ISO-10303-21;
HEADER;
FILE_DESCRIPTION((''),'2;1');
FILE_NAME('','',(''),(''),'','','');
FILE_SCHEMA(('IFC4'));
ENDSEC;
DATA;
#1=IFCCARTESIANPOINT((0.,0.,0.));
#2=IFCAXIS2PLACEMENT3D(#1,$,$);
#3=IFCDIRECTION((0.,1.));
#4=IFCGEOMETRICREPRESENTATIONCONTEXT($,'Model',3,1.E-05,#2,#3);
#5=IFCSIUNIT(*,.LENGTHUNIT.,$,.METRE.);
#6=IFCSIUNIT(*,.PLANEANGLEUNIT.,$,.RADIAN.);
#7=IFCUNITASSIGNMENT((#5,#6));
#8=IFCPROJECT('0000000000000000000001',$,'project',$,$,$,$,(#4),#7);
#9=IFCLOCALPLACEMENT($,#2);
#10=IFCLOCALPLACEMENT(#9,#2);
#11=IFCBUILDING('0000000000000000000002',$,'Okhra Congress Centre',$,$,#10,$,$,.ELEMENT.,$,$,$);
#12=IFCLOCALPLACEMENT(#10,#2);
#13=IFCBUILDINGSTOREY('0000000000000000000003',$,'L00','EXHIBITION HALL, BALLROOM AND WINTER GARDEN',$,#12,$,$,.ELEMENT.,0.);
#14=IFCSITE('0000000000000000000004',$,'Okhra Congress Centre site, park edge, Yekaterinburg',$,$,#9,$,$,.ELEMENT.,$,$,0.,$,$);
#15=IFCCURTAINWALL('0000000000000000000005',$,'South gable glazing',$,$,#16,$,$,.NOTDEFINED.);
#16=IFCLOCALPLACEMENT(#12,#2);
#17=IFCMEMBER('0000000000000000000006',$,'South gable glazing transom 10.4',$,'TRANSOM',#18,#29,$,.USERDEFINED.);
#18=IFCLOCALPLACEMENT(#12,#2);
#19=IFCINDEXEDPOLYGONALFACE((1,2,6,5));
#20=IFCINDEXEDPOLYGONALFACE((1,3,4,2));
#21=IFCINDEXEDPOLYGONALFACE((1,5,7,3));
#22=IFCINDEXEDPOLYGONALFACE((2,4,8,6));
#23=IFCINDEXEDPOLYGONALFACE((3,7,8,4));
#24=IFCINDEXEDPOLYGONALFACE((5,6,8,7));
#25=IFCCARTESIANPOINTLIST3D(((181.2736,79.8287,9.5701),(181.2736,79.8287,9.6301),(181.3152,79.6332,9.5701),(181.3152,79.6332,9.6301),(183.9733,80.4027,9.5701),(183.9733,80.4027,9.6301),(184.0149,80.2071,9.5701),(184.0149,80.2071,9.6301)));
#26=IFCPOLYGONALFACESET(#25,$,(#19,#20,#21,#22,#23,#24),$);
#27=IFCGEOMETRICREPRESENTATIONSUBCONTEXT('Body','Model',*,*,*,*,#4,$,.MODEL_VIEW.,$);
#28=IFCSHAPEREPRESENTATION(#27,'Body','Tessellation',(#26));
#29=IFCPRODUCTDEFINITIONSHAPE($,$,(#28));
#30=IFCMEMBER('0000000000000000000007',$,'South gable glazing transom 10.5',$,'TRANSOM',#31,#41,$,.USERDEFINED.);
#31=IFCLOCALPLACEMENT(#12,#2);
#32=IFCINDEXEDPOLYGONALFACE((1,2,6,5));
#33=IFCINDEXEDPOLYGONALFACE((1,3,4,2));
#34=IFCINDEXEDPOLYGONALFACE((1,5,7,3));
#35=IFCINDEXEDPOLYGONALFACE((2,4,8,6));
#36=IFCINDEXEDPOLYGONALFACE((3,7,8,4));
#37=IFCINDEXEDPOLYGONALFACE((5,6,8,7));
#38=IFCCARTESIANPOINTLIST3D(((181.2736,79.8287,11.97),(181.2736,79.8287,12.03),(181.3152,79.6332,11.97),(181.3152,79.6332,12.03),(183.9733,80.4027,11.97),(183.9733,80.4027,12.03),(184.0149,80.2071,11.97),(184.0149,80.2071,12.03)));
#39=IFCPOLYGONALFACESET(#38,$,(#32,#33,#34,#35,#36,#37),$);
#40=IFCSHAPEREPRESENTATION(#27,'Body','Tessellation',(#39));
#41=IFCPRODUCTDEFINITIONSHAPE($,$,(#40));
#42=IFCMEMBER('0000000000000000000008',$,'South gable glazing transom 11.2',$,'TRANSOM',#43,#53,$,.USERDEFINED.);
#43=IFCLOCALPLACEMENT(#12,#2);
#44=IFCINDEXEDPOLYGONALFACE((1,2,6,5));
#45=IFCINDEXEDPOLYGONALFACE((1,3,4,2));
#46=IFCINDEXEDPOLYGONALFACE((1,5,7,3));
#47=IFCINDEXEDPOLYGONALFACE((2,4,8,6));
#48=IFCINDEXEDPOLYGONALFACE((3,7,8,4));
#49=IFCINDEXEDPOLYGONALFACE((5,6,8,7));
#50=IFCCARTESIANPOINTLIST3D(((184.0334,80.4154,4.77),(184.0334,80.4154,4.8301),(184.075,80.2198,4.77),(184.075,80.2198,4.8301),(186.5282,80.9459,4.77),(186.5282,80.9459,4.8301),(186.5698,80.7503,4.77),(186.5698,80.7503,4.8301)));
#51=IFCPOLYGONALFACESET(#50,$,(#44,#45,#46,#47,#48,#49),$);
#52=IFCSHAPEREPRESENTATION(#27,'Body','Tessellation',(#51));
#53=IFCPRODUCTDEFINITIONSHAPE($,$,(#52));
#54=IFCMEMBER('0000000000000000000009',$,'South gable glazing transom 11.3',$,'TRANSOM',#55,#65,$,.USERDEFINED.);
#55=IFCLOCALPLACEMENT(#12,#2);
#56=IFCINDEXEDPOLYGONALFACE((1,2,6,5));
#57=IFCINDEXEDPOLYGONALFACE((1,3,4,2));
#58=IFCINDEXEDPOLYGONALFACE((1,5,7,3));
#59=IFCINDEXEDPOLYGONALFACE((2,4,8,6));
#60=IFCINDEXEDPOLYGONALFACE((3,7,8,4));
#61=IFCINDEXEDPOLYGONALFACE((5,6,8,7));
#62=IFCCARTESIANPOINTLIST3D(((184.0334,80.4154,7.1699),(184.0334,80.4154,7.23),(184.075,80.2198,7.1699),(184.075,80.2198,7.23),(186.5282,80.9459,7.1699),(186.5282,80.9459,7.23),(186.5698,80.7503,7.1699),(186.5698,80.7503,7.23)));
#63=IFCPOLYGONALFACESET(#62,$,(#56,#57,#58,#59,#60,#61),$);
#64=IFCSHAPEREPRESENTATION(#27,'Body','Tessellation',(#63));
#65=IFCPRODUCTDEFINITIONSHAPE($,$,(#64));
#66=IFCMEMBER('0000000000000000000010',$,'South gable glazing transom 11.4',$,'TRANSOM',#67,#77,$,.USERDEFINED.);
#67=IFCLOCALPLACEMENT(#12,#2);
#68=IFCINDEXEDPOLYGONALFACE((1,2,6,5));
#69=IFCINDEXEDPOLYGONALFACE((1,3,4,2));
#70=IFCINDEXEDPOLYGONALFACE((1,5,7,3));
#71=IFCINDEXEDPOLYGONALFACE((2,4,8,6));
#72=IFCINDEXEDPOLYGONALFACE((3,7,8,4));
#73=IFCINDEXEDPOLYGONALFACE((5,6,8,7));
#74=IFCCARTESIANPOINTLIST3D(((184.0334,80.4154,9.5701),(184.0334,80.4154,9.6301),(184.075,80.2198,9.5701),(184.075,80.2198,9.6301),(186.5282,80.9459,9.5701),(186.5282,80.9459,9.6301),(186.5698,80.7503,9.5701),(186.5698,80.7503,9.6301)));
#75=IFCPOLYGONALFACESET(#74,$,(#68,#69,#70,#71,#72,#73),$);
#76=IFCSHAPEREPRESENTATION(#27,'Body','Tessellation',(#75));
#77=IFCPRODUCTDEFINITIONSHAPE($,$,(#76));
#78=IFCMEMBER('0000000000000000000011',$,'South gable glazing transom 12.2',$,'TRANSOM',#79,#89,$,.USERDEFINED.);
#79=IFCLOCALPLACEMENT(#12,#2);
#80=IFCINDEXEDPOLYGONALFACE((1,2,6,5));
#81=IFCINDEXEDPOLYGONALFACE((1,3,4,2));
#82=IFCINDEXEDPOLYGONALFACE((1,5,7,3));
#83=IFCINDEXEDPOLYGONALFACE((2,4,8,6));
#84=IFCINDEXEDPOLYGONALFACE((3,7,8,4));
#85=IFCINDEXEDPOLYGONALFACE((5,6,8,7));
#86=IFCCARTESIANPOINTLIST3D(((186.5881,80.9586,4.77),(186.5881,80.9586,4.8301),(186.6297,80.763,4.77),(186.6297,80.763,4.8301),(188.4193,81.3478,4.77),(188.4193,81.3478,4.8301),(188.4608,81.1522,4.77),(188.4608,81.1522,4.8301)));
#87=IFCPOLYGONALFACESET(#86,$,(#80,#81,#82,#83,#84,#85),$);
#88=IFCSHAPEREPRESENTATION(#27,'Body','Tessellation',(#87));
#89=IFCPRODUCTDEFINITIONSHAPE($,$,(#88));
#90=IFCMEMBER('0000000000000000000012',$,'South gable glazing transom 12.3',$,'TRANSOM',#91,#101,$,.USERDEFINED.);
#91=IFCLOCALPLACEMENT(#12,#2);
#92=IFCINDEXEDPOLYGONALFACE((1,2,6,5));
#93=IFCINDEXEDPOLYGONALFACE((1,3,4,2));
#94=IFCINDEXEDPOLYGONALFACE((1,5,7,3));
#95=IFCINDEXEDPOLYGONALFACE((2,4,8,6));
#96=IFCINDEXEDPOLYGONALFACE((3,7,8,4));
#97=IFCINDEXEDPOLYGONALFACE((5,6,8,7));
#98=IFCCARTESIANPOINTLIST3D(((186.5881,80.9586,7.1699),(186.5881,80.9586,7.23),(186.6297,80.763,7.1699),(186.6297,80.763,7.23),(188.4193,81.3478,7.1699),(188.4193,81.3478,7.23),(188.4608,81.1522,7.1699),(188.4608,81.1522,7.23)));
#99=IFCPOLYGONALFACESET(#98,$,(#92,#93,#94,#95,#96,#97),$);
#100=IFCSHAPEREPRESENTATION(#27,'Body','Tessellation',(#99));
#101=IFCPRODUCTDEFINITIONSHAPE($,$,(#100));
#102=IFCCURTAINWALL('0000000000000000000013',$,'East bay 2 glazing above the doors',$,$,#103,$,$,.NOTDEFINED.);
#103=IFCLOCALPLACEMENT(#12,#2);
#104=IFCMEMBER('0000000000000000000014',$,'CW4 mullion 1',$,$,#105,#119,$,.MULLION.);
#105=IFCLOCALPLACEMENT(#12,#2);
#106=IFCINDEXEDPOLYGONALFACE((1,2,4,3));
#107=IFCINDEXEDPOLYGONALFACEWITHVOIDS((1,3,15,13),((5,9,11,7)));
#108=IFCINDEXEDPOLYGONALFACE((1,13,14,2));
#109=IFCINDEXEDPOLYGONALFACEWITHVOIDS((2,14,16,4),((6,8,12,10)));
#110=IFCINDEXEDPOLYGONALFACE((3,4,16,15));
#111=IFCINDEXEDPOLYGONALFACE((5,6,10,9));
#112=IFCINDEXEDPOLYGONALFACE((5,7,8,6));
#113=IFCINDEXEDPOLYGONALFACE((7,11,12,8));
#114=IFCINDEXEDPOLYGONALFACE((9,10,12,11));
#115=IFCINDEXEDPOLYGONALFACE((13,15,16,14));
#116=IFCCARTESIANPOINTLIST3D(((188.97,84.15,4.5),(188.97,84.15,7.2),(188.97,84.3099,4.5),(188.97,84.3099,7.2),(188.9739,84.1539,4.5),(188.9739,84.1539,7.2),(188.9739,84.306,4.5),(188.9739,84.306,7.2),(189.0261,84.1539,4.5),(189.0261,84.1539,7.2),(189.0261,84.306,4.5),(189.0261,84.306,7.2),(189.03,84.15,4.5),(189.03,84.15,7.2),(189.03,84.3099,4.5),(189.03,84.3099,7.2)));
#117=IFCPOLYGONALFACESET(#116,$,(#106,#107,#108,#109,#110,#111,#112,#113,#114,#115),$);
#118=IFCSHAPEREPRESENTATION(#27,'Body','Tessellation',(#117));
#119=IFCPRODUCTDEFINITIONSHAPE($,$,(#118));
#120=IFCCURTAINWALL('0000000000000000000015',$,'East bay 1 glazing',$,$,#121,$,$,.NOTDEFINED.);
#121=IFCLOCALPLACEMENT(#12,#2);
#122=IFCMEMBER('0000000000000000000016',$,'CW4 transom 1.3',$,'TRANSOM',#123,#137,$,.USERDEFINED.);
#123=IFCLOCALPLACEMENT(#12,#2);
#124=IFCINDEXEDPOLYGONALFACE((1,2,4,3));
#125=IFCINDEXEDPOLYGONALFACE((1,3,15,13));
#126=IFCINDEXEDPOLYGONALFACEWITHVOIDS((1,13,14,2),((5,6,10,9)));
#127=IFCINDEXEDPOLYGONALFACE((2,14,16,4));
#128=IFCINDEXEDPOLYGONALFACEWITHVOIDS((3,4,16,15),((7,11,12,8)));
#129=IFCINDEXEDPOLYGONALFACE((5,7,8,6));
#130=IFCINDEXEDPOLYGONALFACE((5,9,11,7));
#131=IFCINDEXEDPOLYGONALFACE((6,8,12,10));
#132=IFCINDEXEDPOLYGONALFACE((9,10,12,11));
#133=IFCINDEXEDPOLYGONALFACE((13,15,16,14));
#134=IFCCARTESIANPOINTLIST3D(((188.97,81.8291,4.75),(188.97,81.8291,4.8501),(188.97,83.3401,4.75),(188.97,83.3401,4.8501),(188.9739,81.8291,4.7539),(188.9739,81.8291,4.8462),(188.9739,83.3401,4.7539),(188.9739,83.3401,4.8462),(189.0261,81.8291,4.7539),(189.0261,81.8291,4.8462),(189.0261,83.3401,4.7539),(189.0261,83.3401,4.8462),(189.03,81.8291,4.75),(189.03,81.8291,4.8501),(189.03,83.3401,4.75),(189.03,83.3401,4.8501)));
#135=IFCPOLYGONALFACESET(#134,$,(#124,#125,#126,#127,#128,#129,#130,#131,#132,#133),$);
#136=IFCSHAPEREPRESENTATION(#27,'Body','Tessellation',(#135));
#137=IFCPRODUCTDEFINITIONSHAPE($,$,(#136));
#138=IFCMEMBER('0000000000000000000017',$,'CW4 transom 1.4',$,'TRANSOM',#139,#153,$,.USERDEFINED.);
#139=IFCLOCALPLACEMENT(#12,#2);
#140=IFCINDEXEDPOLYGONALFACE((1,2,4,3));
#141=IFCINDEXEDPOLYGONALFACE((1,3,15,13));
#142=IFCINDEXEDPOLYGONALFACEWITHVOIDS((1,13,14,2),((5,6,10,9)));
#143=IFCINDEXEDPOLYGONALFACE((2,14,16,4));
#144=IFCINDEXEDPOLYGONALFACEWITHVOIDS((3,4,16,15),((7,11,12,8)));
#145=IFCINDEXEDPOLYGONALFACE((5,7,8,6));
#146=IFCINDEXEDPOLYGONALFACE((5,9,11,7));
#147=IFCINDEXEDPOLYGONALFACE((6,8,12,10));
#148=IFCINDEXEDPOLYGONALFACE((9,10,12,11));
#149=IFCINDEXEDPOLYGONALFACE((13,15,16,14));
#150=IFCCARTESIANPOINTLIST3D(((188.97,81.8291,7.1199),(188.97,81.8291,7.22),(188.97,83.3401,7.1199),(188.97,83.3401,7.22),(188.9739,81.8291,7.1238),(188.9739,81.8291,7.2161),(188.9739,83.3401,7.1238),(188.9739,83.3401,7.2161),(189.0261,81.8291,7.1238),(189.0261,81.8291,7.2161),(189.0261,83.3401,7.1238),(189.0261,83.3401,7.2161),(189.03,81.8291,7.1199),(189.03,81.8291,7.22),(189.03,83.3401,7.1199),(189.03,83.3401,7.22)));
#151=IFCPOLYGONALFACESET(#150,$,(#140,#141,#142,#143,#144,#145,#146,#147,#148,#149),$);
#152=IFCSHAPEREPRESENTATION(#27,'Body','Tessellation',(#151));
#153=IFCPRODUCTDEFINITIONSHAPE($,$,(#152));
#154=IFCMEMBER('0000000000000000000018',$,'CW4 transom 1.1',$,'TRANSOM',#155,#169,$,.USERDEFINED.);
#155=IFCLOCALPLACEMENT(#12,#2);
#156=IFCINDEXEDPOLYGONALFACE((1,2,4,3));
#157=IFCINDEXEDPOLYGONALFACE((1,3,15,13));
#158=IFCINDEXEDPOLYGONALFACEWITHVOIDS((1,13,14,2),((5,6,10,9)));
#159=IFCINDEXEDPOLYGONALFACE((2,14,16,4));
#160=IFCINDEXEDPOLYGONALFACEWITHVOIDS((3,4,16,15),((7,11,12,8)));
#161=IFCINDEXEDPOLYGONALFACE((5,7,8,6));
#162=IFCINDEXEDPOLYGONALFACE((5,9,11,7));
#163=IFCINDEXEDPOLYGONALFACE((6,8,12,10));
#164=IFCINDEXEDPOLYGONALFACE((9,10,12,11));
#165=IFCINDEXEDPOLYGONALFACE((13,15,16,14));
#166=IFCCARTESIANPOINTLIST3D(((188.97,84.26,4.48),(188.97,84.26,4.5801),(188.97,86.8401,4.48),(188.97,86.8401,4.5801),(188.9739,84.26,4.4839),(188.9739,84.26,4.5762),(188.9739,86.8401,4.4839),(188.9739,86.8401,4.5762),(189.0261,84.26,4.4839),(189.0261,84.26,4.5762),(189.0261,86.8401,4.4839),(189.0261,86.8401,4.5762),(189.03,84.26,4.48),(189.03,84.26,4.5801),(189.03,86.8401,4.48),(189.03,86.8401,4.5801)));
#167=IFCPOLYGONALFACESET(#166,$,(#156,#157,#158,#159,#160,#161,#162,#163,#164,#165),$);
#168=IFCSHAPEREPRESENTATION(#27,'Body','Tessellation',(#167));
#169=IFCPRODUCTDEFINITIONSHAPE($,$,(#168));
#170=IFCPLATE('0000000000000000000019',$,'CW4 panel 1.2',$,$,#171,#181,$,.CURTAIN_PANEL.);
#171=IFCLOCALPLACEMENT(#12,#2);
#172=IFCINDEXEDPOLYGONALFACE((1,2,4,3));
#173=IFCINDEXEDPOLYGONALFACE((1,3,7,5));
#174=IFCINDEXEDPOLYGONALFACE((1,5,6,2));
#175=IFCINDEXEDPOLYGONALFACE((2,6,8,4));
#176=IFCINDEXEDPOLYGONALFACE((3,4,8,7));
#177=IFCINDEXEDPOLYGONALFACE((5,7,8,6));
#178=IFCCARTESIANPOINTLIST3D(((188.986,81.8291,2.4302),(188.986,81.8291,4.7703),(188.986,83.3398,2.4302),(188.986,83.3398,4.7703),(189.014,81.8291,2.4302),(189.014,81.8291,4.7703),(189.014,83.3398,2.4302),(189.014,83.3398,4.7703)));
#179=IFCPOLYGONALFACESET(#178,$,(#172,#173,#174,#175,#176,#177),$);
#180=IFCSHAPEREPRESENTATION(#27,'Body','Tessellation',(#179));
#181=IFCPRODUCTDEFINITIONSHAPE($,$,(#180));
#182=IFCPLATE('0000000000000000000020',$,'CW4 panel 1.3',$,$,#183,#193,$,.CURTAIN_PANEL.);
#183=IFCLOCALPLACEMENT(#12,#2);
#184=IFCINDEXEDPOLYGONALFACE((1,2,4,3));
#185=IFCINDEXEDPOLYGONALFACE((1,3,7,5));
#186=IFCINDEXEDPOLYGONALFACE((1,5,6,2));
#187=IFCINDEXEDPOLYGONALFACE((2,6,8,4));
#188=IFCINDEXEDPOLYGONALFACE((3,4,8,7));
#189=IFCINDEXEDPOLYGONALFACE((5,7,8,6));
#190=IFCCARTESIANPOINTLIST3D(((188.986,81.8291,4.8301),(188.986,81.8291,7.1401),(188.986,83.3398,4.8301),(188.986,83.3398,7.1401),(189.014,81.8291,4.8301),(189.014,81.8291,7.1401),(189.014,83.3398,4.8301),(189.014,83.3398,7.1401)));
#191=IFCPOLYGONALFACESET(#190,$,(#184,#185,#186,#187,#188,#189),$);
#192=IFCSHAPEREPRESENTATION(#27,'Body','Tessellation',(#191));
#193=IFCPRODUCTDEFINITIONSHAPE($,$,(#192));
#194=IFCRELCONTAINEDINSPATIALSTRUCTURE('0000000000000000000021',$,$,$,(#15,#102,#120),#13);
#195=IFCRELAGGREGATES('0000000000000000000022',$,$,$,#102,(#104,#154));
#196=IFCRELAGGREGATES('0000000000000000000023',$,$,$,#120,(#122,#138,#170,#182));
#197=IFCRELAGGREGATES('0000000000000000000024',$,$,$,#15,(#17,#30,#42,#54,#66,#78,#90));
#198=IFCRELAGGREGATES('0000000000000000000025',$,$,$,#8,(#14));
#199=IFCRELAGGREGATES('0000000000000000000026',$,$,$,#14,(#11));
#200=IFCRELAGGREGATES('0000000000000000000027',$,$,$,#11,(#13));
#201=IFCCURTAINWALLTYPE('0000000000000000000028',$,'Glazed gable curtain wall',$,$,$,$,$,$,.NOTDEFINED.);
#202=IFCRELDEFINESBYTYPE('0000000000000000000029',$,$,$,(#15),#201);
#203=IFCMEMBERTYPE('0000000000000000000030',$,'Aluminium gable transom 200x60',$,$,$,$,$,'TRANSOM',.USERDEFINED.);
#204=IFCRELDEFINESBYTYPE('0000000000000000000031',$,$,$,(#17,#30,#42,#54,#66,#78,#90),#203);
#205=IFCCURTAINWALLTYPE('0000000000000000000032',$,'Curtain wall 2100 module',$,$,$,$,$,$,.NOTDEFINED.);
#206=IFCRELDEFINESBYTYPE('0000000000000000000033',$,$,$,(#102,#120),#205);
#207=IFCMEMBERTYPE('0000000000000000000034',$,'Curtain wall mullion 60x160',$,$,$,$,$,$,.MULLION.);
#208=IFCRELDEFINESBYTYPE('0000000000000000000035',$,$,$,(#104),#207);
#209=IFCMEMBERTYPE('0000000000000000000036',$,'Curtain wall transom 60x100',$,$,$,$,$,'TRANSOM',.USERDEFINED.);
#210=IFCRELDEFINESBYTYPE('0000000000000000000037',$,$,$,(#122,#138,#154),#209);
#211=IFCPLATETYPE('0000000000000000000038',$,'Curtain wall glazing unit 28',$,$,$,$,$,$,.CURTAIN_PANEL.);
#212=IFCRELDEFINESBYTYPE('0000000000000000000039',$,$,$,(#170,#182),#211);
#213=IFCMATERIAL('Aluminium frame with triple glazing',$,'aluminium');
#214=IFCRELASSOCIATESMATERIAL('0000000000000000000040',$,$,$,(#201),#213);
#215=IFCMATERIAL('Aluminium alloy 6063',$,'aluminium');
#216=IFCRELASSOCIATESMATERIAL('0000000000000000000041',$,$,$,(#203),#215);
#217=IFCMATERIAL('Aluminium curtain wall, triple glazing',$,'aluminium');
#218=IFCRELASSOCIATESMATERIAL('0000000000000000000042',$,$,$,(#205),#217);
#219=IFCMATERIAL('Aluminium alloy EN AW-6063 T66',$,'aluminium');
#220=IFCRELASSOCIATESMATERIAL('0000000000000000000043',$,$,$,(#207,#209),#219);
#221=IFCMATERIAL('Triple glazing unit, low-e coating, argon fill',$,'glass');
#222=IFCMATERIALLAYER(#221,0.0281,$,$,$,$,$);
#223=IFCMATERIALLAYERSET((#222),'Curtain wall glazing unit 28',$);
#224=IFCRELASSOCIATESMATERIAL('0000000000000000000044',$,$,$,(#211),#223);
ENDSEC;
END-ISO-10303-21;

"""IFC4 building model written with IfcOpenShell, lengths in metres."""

from ifc_helpers import new_model, si_unit, direction, frame, origin, origin_2d, place, context, subcontext, project, spatial, rectangle, hollow_rectangle, extrude, material, layer, layer_set, material_profile, profile_set, type_object, element, aggregate, save


model = new_model("IFC4")

# Units and contexts
model_context = context("Model", 3, precision=1e-05, world=origin(), true_north=direction((0.0, 1.0)))
body_context = subcontext(model_context, "Body", "Model", "MODEL_VIEW")
ifc_project = project(units=[si_unit("LENGTHUNIT", "METRE"), si_unit("PLANEANGLEUNIT", "RADIAN")], contexts=[model_context])

# Site, building, storey
site_placement = place(None, origin())
site = spatial("IfcSite", under=ifc_project, at=site_placement, Name="Okhra Congress Centre site, park edge, Yekaterinburg", CompositionType="ELEMENT", RefElevation=0.0)
building_placement = place(site_placement, origin())
building = spatial("IfcBuilding", under=site, at=building_placement, Name="Okhra Congress Centre", CompositionType="ELEMENT")
storey_placement = place(building_placement, origin())
storey = spatial("IfcBuildingStorey", under=building, at=storey_placement, Name="L00", Description="EXHIBITION HALL, BALLROOM AND WINTER GARDEN", CompositionType="ELEMENT", Elevation=0.0)

# Curtain wall, members
ifc_material_1 = material(Name="Aluminium frame with triple glazing", Category="aluminium")
curtain_wall_type_1 = type_object("IfcCurtainWallType", Name="Glazed gable curtain wall", PredefinedType="NOTDEFINED", material=ifc_material_1)
curtain_wall_1_placement = place(storey_placement, origin())
curtain_wall_1 = element("IfcCurtainWall", 1, at=curtain_wall_1_placement, inside=storey, type_object=curtain_wall_type_1, Name="South gable glazing", PredefinedType="NOTDEFINED")
ifc_material_2 = material(Name="Aluminium alloy 6063", Category="aluminium")
ifc_material_profile_1 = material_profile(ifc_material_2, rectangle(XDim=0.2, YDim=0.0601, at=origin_2d()), Name="AL 200x60 gable transom")
ifc_profile_set_1 = profile_set([ifc_material_profile_1], Name="Aluminium alloy 6063")
member_type_1 = type_object("IfcMemberType", Name="Aluminium gable transom 200x60", ElementType="TRANSOM", PredefinedType="USERDEFINED", material=ifc_profile_set_1)
member_1_placement = place(storey_placement, frame((181.2944, 79.731, 9.6001), z_axis=(0.978138, 0.207958, 0.0), x_axis=(-0.207958, 0.978138, 0.0)))
member_1 = element("IfcMember", 2, at=member_1_placement, type_object=member_type_1, Name="South gable glazing transom 10.4", ObjectType="TRANSOM", PredefinedType="USERDEFINED", context=body_context, shape_type="SweptSolid", body=[
    extrude(rectangle(XDim=0.2, YDim=0.0601, at=origin_2d()), origin(), (0.0, 0.0, 1.0), 2.76),
])
member_2_placement = place(storey_placement, frame((181.2944, 79.731, 12.0), z_axis=(0.978138, 0.207958, 0.0), x_axis=(-0.207958, 0.978138, 0.0)))
member_2 = element("IfcMember", 3, at=member_2_placement, type_object=member_type_1, Name="South gable glazing transom 10.5", ObjectType="TRANSOM", PredefinedType="USERDEFINED", context=body_context, shape_type="SweptSolid", body=[
    extrude(rectangle(XDim=0.2, YDim=0.0601, at=origin_2d()), origin(), (0.0, 0.0, 1.0), 2.76),
])
member_3_placement = place(storey_placement, frame((184.0542, 80.3176, 4.8), z_axis=(0.97813, 0.207993, 0.0), x_axis=(-0.207993, 0.97813, 0.0)))
member_3 = element("IfcMember", 4, at=member_3_placement, type_object=member_type_1, Name="South gable glazing transom 11.2", ObjectType="TRANSOM", PredefinedType="USERDEFINED", context=body_context, shape_type="SweptSolid", body=[
    extrude(rectangle(XDim=0.2, YDim=0.0601, at=origin_2d()), origin(), (0.0, 0.0, 1.0), 2.5505),
])
member_4_placement = place(storey_placement, frame((184.0542, 80.3176, 7.2), z_axis=(0.97813, 0.207993, 0.0), x_axis=(-0.207993, 0.97813, 0.0)))
member_4 = element("IfcMember", 5, at=member_4_placement, type_object=member_type_1, Name="South gable glazing transom 11.3", ObjectType="TRANSOM", PredefinedType="USERDEFINED", context=body_context, shape_type="SweptSolid", body=[
    extrude(rectangle(XDim=0.2, YDim=0.0601, at=origin_2d()), origin(), (0.0, 0.0, 1.0), 2.5505),
])
member_5_placement = place(storey_placement, frame((184.0542, 80.3176, 9.6001), z_axis=(0.97813, 0.207993, 0.0), x_axis=(-0.207993, 0.97813, 0.0)))
member_5 = element("IfcMember", 6, at=member_5_placement, type_object=member_type_1, Name="South gable glazing transom 11.4", ObjectType="TRANSOM", PredefinedType="USERDEFINED", context=body_context, shape_type="SweptSolid", body=[
    extrude(rectangle(XDim=0.2, YDim=0.0601, at=origin_2d()), origin(), (0.0, 0.0, 1.0), 2.5505),
])
member_6_placement = place(storey_placement, frame((186.6089, 80.8608, 4.8), z_axis=(0.978152, 0.20789, 0.0), x_axis=(-0.20789, 0.978152, 0.0)))
member_6 = element("IfcMember", 7, at=member_6_placement, type_object=member_type_1, Name="South gable glazing transom 12.2", ObjectType="TRANSOM", PredefinedType="USERDEFINED", context=body_context, shape_type="SweptSolid", body=[
    extrude(rectangle(XDim=0.2, YDim=0.0601, at=origin_2d()), origin(), (0.0, 0.0, 1.0), 1.8721),
])
member_7_placement = place(storey_placement, frame((186.6089, 80.8608, 7.2), z_axis=(0.978152, 0.20789, 0.0), x_axis=(-0.20789, 0.978152, 0.0)))
member_7 = element("IfcMember", 8, at=member_7_placement, type_object=member_type_1, Name="South gable glazing transom 12.3", ObjectType="TRANSOM", PredefinedType="USERDEFINED", context=body_context, shape_type="SweptSolid", body=[
    extrude(rectangle(XDim=0.2, YDim=0.0601, at=origin_2d()), origin(), (0.0, 0.0, 1.0), 1.8721),
])

# Curtain wall, member
ifc_material_3 = material(Name="Aluminium curtain wall, triple glazing", Category="aluminium")
curtain_wall_type_2 = type_object("IfcCurtainWallType", Name="Curtain wall 2100 module", PredefinedType="NOTDEFINED", material=ifc_material_3)
curtain_wall_2_placement = place(storey_placement, origin())
curtain_wall_2 = element("IfcCurtainWall", 9, at=curtain_wall_2_placement, inside=storey, type_object=curtain_wall_type_2, Name="East bay 2 glazing above the doors", PredefinedType="NOTDEFINED")
ifc_material_4 = material(Name="Aluminium alloy EN AW-6063 T66", Category="aluminium")
ifc_material_profile_2 = material_profile(ifc_material_4, hollow_rectangle(XDim=0.0601, YDim=0.1599, WallThickness=0.0039, at=origin_2d()), Name="RHS 60x160x4")
ifc_profile_set_2 = profile_set([ifc_material_profile_2], Name="Aluminium alloy EN AW-6063 T66")
member_type_2 = type_object("IfcMemberType", Name="Curtain wall mullion 60x160", PredefinedType="MULLION", material=ifc_profile_set_2)
member_8_placement = place(storey_placement, frame((189.0, 84.23, 4.5), z_axis=(0.0, 0.0, 1.0), x_axis=(-1.0, 0.0, 0.0)))
member_8 = element("IfcMember", 10, at=member_8_placement, type_object=member_type_2, Name="CW4 mullion 1", PredefinedType="MULLION", context=body_context, shape_type="SweptSolid", body=[
    extrude(hollow_rectangle(XDim=0.0601, YDim=0.1599, WallThickness=0.0039, at=origin_2d()), origin(), (0.0, 0.0, 1.0), 2.7),
])

# Curtain wall, members
curtain_wall_3_placement = place(storey_placement, origin())
curtain_wall_3 = element("IfcCurtainWall", 11, at=curtain_wall_3_placement, inside=storey, type_object=curtain_wall_type_2, Name="East bay 1 glazing", PredefinedType="NOTDEFINED")
ifc_material_profile_3 = material_profile(ifc_material_4, hollow_rectangle(XDim=0.0601, YDim=0.1001, WallThickness=0.0039, at=origin_2d()), Name="RHS 60x100x4")
ifc_profile_set_3 = profile_set([ifc_material_profile_3], Name="Aluminium alloy EN AW-6063 T66")
member_type_3 = type_object("IfcMemberType", Name="Curtain wall transom 60x100", ElementType="TRANSOM", PredefinedType="USERDEFINED", material=ifc_profile_set_3)
member_9_placement = place(storey_placement, frame((189.0, 81.8291, 4.8), z_axis=(0.0, 1.0, 0.0), x_axis=(-1.0, 0.0, 0.0)))
member_9 = element("IfcMember", 12, at=member_9_placement, type_object=member_type_3, Name="CW4 transom 1.3", ObjectType="TRANSOM", PredefinedType="USERDEFINED", context=body_context, shape_type="SweptSolid", body=[
    extrude(hollow_rectangle(XDim=0.0601, YDim=0.1001, WallThickness=0.0039, at=origin_2d()), origin(), (0.0, 0.0, 1.0), 1.511),
])
member_10_placement = place(storey_placement, frame((189.0, 81.8291, 7.1699), z_axis=(0.0, 1.0, 0.0), x_axis=(-1.0, 0.0, 0.0)))
member_10 = element("IfcMember", 13, at=member_10_placement, type_object=member_type_3, Name="CW4 transom 1.4", ObjectType="TRANSOM", PredefinedType="USERDEFINED", context=body_context, shape_type="SweptSolid", body=[
    extrude(hollow_rectangle(XDim=0.0601, YDim=0.1001, WallThickness=0.0039, at=origin_2d()), origin(), (0.0, 0.0, 1.0), 1.511),
])

# Member
member_11_placement = place(storey_placement, frame((189.0, 84.26, 4.53), z_axis=(0.0, 1.0, 0.0), x_axis=(-1.0, 0.0, 0.0)))
member_11 = element("IfcMember", 14, at=member_11_placement, type_object=member_type_3, Name="CW4 transom 1.1", ObjectType="TRANSOM", PredefinedType="USERDEFINED", context=body_context, shape_type="SweptSolid", body=[
    extrude(hollow_rectangle(XDim=0.0601, YDim=0.1001, WallThickness=0.0039, at=origin_2d()), origin(), (0.0, 0.0, 1.0), 2.5801),
])
aggregate(curtain_wall_2, [member_8, member_11])

# Plates
ifc_material_5 = material(Name="Triple glazing unit, low-e coating, argon fill", Category="glass")
ifc_layer_1 = layer(ifc_material_5, 0.0281)
ifc_layer_set_1 = layer_set([ifc_layer_1], Name="Curtain wall glazing unit 28")
plate_type_1 = type_object("IfcPlateType", Name="Curtain wall glazing unit 28", PredefinedType="CURTAIN_PANEL", material=ifc_layer_set_1)
plate_1_placement = place(storey_placement, frame((189.0, 82.5845, 2.4302), z_axis=(0.0, 0.0, 1.0), x_axis=(0.0, 1.0, 0.0)))
plate_1 = element("IfcPlate", 15, at=plate_1_placement, type_object=plate_type_1, Name="CW4 panel 1.2", PredefinedType="CURTAIN_PANEL", context=body_context, shape_type="SweptSolid", body=[
    extrude(rectangle(XDim=1.5107, YDim=0.0281, at=origin_2d()), origin(), (0.0, 0.0, 1.0), 2.3401),
])
plate_2_placement = place(storey_placement, frame((189.0, 82.5845, 4.8301), z_axis=(0.0, 0.0, 1.0), x_axis=(0.0, 1.0, 0.0)))
plate_2 = element("IfcPlate", 16, at=plate_2_placement, type_object=plate_type_1, Name="CW4 panel 1.3", PredefinedType="CURTAIN_PANEL", context=body_context, shape_type="SweptSolid", body=[
    extrude(rectangle(XDim=1.5107, YDim=0.0281, at=origin_2d()), origin(), (0.0, 0.0, 1.0), 2.3101),
])
aggregate(curtain_wall_3, [member_9, member_10, plate_1, plate_2])
aggregate(curtain_wall_1, [member_1, member_2, member_3, member_4, member_5, member_6, member_7])

save(model, "model.ifc")
